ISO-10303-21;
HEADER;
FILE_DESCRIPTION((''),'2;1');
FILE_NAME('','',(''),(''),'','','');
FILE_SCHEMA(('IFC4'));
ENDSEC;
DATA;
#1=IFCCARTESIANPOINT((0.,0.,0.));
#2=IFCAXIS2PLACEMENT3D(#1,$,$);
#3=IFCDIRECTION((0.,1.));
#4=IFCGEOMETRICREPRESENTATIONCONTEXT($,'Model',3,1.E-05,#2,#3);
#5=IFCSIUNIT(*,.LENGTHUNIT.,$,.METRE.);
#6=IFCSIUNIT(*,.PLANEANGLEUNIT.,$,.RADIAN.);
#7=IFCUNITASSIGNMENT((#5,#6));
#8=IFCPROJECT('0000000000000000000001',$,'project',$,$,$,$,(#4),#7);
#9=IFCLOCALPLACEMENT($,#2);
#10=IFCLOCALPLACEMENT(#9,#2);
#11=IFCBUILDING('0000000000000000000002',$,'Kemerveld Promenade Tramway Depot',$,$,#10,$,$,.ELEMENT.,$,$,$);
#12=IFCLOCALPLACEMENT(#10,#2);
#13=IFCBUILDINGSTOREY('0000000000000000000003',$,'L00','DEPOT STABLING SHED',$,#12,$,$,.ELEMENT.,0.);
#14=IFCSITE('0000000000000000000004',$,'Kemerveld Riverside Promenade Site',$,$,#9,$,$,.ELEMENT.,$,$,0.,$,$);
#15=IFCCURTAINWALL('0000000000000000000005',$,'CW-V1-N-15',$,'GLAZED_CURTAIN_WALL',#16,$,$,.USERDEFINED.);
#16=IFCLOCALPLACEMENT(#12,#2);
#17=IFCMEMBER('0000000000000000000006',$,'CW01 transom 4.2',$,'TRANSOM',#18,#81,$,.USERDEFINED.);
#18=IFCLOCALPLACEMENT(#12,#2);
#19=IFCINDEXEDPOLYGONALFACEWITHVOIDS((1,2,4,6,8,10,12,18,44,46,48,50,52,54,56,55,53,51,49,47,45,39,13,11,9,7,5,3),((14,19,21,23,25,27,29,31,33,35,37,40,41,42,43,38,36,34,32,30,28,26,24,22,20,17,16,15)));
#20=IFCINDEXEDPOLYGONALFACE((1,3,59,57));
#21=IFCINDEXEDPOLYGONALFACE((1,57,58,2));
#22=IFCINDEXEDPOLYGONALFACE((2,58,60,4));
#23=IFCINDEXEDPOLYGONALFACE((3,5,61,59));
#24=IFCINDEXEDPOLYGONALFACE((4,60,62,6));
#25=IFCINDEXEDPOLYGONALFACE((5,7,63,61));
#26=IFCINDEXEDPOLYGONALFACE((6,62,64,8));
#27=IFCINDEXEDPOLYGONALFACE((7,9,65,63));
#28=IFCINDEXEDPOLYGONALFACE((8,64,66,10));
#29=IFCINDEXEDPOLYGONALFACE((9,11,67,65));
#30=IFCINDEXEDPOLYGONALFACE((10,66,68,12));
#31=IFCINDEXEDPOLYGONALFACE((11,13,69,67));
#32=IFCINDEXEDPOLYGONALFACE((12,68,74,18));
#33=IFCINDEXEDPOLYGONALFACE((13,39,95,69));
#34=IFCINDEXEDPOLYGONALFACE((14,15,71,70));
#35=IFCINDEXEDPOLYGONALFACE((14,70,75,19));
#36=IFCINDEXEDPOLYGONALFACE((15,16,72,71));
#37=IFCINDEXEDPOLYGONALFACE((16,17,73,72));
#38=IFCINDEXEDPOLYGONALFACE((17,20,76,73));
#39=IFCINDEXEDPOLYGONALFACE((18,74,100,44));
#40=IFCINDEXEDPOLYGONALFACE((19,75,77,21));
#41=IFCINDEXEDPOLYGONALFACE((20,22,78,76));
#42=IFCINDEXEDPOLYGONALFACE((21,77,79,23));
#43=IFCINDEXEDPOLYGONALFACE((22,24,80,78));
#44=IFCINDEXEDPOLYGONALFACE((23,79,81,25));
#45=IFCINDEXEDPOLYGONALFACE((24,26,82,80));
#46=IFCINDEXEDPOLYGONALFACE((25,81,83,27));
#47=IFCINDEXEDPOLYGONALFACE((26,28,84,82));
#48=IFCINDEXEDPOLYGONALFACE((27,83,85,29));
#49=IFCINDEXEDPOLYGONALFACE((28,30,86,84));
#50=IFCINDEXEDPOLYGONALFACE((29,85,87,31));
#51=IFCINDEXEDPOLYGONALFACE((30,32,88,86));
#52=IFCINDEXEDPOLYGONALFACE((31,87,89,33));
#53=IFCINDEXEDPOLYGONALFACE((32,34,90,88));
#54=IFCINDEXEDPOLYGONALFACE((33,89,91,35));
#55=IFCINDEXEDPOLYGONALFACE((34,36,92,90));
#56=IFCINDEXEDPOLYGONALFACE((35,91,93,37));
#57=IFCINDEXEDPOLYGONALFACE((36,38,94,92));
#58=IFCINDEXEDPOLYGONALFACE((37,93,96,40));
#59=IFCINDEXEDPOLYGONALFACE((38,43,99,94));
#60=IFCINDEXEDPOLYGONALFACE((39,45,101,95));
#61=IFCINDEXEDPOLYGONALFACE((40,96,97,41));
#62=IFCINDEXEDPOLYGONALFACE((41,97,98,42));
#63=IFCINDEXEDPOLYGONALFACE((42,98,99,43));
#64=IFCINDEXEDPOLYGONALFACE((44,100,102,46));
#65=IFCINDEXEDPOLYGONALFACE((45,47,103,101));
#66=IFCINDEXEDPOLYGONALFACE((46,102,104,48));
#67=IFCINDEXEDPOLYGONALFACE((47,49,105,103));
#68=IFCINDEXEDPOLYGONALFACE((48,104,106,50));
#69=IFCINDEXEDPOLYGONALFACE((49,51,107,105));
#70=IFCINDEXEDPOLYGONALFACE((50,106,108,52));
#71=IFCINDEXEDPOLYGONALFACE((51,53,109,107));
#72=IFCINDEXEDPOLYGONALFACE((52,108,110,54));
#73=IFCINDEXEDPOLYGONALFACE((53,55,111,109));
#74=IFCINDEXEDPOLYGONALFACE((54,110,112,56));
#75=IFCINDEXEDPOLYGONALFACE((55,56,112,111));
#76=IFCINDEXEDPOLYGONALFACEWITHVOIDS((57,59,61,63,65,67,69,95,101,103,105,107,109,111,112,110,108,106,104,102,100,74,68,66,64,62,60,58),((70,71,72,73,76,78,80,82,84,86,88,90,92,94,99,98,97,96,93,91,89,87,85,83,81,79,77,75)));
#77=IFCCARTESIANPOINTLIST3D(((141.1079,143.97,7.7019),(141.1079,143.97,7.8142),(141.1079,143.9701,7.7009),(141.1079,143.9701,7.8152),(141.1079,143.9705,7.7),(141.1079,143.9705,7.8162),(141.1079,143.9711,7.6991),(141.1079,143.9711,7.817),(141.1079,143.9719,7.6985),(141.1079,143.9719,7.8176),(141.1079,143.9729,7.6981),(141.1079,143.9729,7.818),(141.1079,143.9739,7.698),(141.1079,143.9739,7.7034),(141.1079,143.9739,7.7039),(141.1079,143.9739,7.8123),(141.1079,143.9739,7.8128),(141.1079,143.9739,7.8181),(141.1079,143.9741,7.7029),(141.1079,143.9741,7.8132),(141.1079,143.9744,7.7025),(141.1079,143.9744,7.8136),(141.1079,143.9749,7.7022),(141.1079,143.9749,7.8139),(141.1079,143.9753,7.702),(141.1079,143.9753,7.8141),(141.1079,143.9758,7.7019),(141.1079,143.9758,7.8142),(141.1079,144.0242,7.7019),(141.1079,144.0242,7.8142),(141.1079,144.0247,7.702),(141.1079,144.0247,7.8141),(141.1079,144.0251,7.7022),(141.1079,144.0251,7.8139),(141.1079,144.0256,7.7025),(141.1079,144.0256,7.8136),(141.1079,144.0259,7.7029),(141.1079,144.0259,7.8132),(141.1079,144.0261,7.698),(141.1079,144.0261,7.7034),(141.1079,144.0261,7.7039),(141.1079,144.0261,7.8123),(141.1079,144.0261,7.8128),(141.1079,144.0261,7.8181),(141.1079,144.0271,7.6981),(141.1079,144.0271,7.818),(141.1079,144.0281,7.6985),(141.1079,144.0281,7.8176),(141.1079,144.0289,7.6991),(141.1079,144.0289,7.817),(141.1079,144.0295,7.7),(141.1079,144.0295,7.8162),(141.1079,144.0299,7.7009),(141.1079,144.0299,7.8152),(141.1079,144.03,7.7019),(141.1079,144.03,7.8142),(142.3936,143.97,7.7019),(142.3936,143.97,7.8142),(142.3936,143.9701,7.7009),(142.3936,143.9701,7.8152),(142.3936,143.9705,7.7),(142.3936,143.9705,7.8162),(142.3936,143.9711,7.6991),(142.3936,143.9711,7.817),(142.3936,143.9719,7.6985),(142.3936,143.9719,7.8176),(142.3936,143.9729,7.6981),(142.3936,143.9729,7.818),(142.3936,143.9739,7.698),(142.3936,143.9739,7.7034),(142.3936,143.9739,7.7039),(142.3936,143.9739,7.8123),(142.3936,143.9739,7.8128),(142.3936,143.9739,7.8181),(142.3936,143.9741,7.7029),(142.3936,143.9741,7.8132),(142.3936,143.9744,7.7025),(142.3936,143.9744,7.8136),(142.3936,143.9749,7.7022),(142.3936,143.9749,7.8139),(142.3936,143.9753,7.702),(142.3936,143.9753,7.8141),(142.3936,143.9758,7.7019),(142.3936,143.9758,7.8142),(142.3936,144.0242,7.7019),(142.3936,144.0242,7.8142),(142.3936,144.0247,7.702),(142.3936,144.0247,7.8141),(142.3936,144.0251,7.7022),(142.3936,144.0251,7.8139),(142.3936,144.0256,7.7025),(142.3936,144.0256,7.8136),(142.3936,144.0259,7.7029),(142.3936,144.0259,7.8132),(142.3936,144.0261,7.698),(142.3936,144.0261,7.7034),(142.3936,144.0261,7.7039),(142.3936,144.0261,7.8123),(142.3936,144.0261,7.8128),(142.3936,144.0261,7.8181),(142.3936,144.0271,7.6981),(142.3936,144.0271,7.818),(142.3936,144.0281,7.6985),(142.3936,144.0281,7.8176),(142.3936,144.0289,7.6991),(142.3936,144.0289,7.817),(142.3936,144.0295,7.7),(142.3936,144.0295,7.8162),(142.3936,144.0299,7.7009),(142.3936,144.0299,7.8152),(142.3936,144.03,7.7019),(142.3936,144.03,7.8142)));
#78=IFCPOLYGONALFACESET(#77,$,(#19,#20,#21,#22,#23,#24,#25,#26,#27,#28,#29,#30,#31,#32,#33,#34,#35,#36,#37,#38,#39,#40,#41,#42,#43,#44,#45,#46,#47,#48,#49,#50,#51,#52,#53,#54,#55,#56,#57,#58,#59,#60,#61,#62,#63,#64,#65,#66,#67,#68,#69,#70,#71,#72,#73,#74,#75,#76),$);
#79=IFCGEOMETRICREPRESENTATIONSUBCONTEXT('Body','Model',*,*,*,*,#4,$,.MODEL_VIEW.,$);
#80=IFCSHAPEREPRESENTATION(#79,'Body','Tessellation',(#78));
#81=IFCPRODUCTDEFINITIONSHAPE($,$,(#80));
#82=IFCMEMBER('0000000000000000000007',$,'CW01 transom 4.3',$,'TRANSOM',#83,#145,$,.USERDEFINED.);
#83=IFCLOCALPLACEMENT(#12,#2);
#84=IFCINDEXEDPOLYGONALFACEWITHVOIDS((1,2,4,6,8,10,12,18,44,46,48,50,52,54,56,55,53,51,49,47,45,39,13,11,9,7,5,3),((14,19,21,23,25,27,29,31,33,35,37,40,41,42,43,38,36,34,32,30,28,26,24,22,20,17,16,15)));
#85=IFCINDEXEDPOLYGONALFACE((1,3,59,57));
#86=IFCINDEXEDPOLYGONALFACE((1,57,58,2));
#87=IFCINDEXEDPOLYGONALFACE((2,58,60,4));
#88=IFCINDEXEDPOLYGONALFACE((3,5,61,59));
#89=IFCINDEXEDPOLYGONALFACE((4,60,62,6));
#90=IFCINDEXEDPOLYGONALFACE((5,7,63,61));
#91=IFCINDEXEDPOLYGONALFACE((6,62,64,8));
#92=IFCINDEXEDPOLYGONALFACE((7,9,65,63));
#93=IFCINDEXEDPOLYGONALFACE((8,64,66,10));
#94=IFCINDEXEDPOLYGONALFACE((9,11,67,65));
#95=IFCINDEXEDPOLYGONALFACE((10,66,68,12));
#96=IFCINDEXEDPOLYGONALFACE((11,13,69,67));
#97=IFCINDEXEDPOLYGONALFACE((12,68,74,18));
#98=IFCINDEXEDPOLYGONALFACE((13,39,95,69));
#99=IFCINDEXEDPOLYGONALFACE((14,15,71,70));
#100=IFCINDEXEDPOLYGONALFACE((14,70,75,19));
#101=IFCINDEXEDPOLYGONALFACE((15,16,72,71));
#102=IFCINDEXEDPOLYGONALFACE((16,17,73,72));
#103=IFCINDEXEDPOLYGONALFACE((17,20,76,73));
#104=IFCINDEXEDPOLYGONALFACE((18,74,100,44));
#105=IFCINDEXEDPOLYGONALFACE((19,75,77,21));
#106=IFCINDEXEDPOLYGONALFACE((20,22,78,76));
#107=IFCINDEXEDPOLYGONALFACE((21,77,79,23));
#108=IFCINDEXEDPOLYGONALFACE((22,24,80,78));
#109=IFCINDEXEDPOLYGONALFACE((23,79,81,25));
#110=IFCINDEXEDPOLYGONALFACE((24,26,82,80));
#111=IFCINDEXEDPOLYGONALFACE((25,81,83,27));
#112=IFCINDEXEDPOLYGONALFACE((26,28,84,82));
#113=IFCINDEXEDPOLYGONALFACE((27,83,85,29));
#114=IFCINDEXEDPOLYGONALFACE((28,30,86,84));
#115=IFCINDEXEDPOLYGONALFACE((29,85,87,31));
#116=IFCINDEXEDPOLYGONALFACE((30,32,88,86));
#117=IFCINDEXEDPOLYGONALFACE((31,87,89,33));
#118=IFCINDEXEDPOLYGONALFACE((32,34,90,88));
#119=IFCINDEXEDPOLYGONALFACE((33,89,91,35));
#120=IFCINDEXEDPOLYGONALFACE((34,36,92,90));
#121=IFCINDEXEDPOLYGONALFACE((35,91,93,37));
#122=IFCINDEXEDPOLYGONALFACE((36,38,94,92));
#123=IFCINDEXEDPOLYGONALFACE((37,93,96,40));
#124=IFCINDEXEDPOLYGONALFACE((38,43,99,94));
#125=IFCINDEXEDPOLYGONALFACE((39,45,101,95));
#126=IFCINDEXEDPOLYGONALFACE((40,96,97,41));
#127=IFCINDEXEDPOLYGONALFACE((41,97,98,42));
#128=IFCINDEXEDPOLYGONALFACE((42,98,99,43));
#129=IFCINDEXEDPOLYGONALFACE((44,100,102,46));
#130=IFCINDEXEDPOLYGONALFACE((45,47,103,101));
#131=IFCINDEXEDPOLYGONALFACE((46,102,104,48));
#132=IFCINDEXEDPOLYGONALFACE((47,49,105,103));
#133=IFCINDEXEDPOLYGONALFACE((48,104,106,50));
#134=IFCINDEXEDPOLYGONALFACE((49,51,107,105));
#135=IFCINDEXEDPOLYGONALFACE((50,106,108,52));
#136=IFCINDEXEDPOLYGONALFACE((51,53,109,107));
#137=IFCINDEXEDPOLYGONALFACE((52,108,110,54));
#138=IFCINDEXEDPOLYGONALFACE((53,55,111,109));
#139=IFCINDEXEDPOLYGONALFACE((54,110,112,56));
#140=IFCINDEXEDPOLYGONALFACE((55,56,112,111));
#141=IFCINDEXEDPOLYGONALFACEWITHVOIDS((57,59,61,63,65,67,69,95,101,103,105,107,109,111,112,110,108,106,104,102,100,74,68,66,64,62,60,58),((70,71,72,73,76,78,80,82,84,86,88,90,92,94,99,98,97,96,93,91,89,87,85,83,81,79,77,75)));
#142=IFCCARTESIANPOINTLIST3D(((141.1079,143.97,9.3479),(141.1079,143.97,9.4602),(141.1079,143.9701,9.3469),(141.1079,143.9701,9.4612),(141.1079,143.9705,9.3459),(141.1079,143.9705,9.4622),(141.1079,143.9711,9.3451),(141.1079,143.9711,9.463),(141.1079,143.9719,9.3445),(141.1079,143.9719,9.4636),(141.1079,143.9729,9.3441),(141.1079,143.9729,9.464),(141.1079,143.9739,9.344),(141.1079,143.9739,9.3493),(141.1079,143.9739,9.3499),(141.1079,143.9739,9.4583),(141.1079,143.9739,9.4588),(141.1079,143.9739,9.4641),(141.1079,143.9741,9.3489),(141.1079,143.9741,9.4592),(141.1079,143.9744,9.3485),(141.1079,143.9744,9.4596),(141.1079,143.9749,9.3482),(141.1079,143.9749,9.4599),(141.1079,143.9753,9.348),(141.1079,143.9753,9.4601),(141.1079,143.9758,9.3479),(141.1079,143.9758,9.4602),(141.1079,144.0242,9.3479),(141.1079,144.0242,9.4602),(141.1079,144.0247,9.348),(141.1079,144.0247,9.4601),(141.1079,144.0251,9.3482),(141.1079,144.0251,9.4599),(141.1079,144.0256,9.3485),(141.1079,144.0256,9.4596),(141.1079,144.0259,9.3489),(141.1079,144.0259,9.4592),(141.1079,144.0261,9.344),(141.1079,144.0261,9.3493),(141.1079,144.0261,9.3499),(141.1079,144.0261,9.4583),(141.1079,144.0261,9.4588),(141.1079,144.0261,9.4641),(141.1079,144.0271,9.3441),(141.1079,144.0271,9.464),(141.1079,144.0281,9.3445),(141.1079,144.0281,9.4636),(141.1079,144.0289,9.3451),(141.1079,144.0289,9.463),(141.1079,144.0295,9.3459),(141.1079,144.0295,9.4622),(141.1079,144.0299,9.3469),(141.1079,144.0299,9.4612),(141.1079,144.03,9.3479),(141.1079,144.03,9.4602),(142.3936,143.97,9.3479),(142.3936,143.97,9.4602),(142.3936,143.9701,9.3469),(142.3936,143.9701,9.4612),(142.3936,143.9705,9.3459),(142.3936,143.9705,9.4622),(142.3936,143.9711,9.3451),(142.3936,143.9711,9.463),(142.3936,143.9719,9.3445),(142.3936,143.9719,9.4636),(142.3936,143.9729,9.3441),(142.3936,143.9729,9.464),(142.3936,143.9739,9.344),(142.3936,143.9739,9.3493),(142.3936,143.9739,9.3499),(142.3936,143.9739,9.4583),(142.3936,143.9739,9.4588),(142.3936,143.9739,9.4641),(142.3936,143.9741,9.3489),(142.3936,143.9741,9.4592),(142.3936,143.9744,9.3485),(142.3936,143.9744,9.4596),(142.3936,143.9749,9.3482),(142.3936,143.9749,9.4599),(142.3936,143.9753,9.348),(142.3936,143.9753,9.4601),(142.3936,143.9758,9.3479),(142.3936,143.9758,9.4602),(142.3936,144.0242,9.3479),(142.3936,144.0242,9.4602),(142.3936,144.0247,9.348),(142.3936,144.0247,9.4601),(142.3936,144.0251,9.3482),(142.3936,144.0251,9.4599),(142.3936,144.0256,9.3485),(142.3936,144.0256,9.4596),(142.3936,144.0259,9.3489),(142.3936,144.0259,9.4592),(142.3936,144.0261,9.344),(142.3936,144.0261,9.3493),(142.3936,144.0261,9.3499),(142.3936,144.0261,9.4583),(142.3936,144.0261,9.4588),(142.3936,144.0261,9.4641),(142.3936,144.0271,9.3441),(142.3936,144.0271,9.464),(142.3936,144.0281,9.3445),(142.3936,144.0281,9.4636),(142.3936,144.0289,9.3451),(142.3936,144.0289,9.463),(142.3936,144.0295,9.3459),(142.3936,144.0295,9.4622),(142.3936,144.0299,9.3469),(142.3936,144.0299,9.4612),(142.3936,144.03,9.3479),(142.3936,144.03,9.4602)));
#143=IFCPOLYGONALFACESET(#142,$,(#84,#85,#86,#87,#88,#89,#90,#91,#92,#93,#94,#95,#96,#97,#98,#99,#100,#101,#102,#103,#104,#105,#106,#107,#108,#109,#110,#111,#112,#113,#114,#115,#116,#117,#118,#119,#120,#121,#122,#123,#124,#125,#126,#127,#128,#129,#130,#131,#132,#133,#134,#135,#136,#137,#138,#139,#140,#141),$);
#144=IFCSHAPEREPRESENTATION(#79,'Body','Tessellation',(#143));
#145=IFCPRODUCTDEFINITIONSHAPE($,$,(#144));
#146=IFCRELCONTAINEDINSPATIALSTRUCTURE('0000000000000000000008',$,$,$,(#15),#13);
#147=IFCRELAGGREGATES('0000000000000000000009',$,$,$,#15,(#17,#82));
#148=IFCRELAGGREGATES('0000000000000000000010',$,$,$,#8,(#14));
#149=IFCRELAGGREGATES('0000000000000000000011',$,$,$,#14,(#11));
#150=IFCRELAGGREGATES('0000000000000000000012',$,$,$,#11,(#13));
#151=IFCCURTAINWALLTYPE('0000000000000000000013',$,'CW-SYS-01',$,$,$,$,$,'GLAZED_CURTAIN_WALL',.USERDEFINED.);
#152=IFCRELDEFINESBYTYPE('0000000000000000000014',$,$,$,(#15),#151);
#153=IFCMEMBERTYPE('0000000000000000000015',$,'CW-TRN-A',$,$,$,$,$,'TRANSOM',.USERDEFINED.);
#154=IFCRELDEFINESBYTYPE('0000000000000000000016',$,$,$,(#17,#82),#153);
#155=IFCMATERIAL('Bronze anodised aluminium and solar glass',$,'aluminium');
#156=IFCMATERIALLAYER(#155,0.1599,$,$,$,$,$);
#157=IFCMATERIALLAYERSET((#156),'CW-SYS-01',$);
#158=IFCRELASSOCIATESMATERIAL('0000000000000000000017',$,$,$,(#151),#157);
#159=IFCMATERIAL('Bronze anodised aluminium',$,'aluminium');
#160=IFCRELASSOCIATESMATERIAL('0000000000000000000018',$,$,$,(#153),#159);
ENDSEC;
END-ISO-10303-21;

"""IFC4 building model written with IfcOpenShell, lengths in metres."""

from ifc_helpers import new_model, si_unit, direction, frame, origin, origin_2d, place, context, subcontext, project, spatial, hollow_rectangle, extrude, material, layer, layer_set, material_profile, profile_set, type_object, element, aggregate, save


model = new_model("IFC4")

# Units and contexts
model_context = context("Model", 3, precision=1e-05, world=origin(), true_north=direction((0.0, 1.0)))
body_context = subcontext(model_context, "Body", "Model", "MODEL_VIEW")
ifc_project = project(units=[si_unit("LENGTHUNIT", "METRE"), si_unit("PLANEANGLEUNIT", "RADIAN")], contexts=[model_context])

# Site, building, storey
site_placement = place(None, origin())
site = spatial("IfcSite", under=ifc_project, at=site_placement, Name="Kemerveld Riverside Promenade Site", CompositionType="ELEMENT", RefElevation=0.0)
building_placement = place(site_placement, origin())
building = spatial("IfcBuilding", under=site, at=building_placement, Name="Kemerveld Promenade Tramway Depot", CompositionType="ELEMENT")
storey_placement = place(building_placement, origin())
storey = spatial("IfcBuildingStorey", under=building, at=storey_placement, Name="L00", Description="DEPOT STABLING SHED", CompositionType="ELEMENT", Elevation=0.0)

# Curtain wall, members
ifc_material_1 = material(Name="Bronze anodised aluminium and solar glass", Category="aluminium")
ifc_layer_1 = layer(ifc_material_1, 0.1599)
ifc_layer_set_1 = layer_set([ifc_layer_1], Name="CW-SYS-01")
curtain_wall_type = type_object("IfcCurtainWallType", Name="CW-SYS-01", ElementType="GLAZED_CURTAIN_WALL", PredefinedType="USERDEFINED", material=ifc_layer_set_1)
curtain_wall_placement = place(storey_placement, origin())
curtain_wall = element("IfcCurtainWall", 1, at=curtain_wall_placement, inside=storey, type_object=curtain_wall_type, Name="CW-V1-N-15", ObjectType="GLAZED_CURTAIN_WALL", PredefinedType="USERDEFINED")
ifc_material_2 = material(Name="Bronze anodised aluminium", Category="aluminium")
ifc_material_profile_1 = material_profile(ifc_material_2, hollow_rectangle(XDim=0.0601, YDim=0.1201, WallThickness=0.0039, InnerFilletRadius=0.002, OuterFilletRadius=0.0039, at=origin_2d()), Name="CW-TRN-120x60")
ifc_profile_set_1 = profile_set([ifc_material_profile_1], Name="Bronze anodised aluminium")
member_type_1 = type_object("IfcMemberType", Name="CW-TRN-A", ElementType="TRANSOM", PredefinedType="USERDEFINED", material=ifc_profile_set_1)
member_1_placement = place(storey_placement, frame((141.1079, 144.0, 7.7581), z_axis=(1.0, 0.0, 0.0), x_axis=(0.0, 1.0, 0.0)))
member_1 = element("IfcMember", 2, at=member_1_placement, type_object=member_type_1, Name="CW01 transom 4.2", ObjectType="TRANSOM", PredefinedType="USERDEFINED", context=body_context, shape_type="SweptSolid", body=[
    extrude(hollow_rectangle(XDim=0.0601, YDim=0.1201, WallThickness=0.0039, InnerFilletRadius=0.002, OuterFilletRadius=0.0039, at=origin_2d()), origin(), (0.0, 0.0, 1.0), 1.2856),
])
member_2_placement = place(storey_placement, frame((141.1079, 144.0, 9.4041), z_axis=(1.0, 0.0, 0.0), x_axis=(0.0, 1.0, 0.0)))
member_2 = element("IfcMember", 3, at=member_2_placement, type_object=member_type_1, Name="CW01 transom 4.3", ObjectType="TRANSOM", PredefinedType="USERDEFINED", context=body_context, shape_type="SweptSolid", body=[
    extrude(hollow_rectangle(XDim=0.0601, YDim=0.1201, WallThickness=0.0039, InnerFilletRadius=0.002, OuterFilletRadius=0.0039, at=origin_2d()), origin(), (0.0, 0.0, 1.0), 1.2856),
])
aggregate(curtain_wall, [member_1, member_2])

save(model, "model.ifc")
